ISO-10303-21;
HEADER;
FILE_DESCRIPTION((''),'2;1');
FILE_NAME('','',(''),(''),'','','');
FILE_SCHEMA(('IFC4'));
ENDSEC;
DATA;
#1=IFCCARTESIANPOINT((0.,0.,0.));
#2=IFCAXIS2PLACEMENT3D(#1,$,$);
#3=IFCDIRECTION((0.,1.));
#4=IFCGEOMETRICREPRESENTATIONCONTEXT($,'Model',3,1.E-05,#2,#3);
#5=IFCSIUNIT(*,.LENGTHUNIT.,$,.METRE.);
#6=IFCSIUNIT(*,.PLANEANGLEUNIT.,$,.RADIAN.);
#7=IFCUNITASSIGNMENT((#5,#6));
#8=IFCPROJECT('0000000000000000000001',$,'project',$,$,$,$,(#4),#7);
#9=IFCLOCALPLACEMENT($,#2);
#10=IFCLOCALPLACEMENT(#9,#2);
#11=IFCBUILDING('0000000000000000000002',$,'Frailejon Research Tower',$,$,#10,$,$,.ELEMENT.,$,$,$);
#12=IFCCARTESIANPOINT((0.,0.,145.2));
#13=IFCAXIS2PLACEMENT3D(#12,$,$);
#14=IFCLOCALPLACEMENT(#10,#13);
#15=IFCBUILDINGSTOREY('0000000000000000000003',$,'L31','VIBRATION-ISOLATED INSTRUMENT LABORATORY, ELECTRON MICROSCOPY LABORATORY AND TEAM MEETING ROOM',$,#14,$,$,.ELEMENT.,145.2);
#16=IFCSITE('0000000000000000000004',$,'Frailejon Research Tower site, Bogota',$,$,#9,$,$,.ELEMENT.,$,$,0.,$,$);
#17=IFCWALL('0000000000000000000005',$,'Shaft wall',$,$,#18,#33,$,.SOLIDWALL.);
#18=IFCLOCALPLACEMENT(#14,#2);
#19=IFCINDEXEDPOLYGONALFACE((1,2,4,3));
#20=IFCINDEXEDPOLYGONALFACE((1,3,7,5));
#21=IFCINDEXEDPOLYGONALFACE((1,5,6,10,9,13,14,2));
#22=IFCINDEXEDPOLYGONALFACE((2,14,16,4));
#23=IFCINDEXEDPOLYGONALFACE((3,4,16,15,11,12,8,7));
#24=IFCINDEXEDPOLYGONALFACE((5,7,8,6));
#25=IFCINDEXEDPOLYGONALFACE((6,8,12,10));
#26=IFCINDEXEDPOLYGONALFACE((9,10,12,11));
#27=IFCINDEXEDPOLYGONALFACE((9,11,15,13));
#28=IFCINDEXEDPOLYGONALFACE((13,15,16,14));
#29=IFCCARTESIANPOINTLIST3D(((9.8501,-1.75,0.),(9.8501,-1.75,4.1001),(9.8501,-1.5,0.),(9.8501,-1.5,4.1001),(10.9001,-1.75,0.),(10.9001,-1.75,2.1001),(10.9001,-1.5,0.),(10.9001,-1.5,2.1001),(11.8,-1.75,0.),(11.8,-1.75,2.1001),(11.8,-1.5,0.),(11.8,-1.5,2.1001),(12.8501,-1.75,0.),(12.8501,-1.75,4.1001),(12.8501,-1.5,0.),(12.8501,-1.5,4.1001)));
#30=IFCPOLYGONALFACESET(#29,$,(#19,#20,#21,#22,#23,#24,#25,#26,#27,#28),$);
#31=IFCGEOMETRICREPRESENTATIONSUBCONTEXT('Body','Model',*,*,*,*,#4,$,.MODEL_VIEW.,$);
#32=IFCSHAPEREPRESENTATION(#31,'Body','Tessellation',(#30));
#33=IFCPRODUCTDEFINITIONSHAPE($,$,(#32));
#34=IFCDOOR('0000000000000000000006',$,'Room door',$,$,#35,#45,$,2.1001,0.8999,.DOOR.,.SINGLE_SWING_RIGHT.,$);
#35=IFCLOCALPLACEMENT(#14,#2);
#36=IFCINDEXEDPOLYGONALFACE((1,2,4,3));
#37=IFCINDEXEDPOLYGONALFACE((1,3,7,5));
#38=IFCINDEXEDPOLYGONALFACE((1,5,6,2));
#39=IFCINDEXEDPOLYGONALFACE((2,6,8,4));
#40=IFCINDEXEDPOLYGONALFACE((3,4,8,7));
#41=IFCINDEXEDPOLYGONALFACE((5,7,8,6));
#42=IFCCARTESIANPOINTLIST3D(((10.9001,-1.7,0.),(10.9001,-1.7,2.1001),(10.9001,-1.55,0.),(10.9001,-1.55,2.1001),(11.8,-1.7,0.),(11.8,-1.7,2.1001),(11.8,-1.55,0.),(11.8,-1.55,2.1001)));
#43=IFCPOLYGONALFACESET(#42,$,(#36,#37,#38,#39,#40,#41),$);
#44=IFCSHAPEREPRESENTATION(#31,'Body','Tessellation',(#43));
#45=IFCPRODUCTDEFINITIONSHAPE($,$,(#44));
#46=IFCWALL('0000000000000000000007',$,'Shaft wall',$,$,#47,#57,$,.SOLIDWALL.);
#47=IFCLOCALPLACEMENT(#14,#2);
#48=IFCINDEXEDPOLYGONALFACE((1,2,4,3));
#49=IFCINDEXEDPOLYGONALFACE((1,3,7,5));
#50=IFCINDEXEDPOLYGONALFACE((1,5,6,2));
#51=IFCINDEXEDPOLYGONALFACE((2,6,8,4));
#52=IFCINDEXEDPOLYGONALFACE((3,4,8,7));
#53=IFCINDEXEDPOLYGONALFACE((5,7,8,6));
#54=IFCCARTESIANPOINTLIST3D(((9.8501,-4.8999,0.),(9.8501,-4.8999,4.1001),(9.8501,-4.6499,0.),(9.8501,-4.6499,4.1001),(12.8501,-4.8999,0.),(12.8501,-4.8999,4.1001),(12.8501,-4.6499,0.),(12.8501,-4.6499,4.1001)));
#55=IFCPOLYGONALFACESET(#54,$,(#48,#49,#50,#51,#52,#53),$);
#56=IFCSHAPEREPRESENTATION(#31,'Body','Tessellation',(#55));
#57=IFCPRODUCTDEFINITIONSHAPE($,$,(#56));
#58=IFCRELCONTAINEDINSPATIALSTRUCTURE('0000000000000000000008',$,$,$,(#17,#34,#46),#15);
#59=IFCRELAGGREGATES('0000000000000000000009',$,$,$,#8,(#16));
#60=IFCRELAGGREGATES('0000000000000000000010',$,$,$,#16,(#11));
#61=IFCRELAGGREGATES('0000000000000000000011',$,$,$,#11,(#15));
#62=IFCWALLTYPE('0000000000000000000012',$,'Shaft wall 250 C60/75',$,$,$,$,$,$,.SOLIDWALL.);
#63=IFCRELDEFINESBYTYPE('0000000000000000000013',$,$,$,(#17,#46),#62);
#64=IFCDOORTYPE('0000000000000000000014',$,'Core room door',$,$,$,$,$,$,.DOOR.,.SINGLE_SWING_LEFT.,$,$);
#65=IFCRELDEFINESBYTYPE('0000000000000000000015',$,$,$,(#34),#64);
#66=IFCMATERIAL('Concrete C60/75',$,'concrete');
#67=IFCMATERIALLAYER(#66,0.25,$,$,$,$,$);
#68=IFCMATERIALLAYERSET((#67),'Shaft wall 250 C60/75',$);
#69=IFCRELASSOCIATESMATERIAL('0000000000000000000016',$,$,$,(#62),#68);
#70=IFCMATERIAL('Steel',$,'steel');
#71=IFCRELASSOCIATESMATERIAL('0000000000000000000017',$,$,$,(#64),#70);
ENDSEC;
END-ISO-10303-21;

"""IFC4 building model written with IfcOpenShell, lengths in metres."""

from ifc_helpers import new_model, si_unit, direction, frame, frame_2d, origin, place, context, subcontext, project, spatial, rectangle, extrude, material, layer, layer_set, type_object, element, fill, save


model = new_model("IFC4")

# Units and contexts
model_context = context("Model", 3, precision=1e-05, world=origin(), true_north=direction((0.0, 1.0)))
body_context = subcontext(model_context, "Body", "Model", "MODEL_VIEW")
ifc_project = project(units=[si_unit("LENGTHUNIT", "METRE"), si_unit("PLANEANGLEUNIT", "RADIAN")], contexts=[model_context])

# Site, building, storey
site_placement = place(None, origin())
site = spatial("IfcSite", under=ifc_project, at=site_placement, Name="Frailejon Research Tower site, Bogota", CompositionType="ELEMENT", RefElevation=0.0)
building_placement = place(site_placement, origin())
building = spatial("IfcBuilding", under=site, at=building_placement, Name="Frailejon Research Tower", CompositionType="ELEMENT")
storey_placement = place(building_placement, frame((0.0, 0.0, 145.2)))
storey = spatial("IfcBuildingStorey", under=building, at=storey_placement, Name="L31", Description="VIBRATION-ISOLATED INSTRUMENT LABORATORY, ELECTRON MICROSCOPY LABORATORY AND TEAM MEETING ROOM", CompositionType="ELEMENT", Elevation=145.2)

# Wall, opening, door
ifc_material_1 = material(Name="Concrete C60/75", Category="concrete")
ifc_layer_1 = layer(ifc_material_1, 0.25)
ifc_layer_set_1 = layer_set([ifc_layer_1], Name="Shaft wall 250 C60/75")
wall_type_1 = type_object("IfcWallType", Name="Shaft wall 250 C60/75", PredefinedType="SOLIDWALL", material=ifc_layer_set_1)
wall_1_placement = place(storey_placement, frame((9.8501, -1.625, 0.0), z_axis=(0.0, 0.0, 1.0), x_axis=(1.0, 0.0, 0.0)))
wall_1 = element("IfcWall", 1, at=wall_1_placement, inside=storey, type_object=wall_type_1, Name="Shaft wall", PredefinedType="SOLIDWALL", context=body_context, shape_type="SweptSolid", body=[
    extrude(rectangle(XDim=3.0, YDim=0.25, at=frame_2d((1.5, 0.0))), origin(), (0.0, 0.0, 1.0), 4.1001),
])
opening_1_placement = place(wall_1_placement, frame((1.05, 0.0, 0.0)))
opening_1 = element("IfcOpeningElement", 2, at=opening_1_placement, cuts=wall_1, PredefinedType="OPENING", context=body_context, shape_type="SweptSolid", body=[
    extrude(rectangle(XDim=0.8999, YDim=2.1001, at=frame_2d((0.45, 1.05))), frame((0.0, 0.135, 0.0), z_axis=(0.0, -1.0, 0.0), x_axis=(1.0, 0.0, 0.0)), (0.0, 0.0, 1.0), 0.27),
])
ifc_material_2 = material(Name="Steel", Category="steel")
door_type_1 = type_object("IfcDoorType", Name="Core room door", OperationType="SINGLE_SWING_LEFT", PredefinedType="DOOR", material=ifc_material_2)
door_1_placement = place(opening_1_placement, origin())
door_1 = element("IfcDoor", 3, at=door_1_placement, inside=storey, type_object=door_type_1, Name="Room door", OperationType="SINGLE_SWING_RIGHT", OverallHeight=2.1001, OverallWidth=0.8999, PredefinedType="DOOR", context=body_context, shape_type="SweptSolid", body=[
    extrude(rectangle(XDim=0.8999, YDim=2.1001, at=frame_2d((0.45, 1.05))), frame((0.0, 0.075, 0.0), z_axis=(0.0, -1.0, 0.0), x_axis=(1.0, 0.0, 0.0)), (0.0, 0.0, 1.0), 0.1499),
])
fill(opening_1, door_1)

# Wall
wall_2_placement = place(storey_placement, frame((9.8501, -4.7749, 0.0), z_axis=(0.0, 0.0, 1.0), x_axis=(1.0, 0.0, 0.0)))
element("IfcWall", 4, at=wall_2_placement, inside=storey, type_object=wall_type_1, Name="Shaft wall", PredefinedType="SOLIDWALL", context=body_context, shape_type="SweptSolid", body=[
    extrude(rectangle(XDim=3.0, YDim=0.25, at=frame_2d((1.5, 0.0))), origin(), (0.0, 0.0, 1.0), 4.1001),
])

save(model, "model.ifc")
